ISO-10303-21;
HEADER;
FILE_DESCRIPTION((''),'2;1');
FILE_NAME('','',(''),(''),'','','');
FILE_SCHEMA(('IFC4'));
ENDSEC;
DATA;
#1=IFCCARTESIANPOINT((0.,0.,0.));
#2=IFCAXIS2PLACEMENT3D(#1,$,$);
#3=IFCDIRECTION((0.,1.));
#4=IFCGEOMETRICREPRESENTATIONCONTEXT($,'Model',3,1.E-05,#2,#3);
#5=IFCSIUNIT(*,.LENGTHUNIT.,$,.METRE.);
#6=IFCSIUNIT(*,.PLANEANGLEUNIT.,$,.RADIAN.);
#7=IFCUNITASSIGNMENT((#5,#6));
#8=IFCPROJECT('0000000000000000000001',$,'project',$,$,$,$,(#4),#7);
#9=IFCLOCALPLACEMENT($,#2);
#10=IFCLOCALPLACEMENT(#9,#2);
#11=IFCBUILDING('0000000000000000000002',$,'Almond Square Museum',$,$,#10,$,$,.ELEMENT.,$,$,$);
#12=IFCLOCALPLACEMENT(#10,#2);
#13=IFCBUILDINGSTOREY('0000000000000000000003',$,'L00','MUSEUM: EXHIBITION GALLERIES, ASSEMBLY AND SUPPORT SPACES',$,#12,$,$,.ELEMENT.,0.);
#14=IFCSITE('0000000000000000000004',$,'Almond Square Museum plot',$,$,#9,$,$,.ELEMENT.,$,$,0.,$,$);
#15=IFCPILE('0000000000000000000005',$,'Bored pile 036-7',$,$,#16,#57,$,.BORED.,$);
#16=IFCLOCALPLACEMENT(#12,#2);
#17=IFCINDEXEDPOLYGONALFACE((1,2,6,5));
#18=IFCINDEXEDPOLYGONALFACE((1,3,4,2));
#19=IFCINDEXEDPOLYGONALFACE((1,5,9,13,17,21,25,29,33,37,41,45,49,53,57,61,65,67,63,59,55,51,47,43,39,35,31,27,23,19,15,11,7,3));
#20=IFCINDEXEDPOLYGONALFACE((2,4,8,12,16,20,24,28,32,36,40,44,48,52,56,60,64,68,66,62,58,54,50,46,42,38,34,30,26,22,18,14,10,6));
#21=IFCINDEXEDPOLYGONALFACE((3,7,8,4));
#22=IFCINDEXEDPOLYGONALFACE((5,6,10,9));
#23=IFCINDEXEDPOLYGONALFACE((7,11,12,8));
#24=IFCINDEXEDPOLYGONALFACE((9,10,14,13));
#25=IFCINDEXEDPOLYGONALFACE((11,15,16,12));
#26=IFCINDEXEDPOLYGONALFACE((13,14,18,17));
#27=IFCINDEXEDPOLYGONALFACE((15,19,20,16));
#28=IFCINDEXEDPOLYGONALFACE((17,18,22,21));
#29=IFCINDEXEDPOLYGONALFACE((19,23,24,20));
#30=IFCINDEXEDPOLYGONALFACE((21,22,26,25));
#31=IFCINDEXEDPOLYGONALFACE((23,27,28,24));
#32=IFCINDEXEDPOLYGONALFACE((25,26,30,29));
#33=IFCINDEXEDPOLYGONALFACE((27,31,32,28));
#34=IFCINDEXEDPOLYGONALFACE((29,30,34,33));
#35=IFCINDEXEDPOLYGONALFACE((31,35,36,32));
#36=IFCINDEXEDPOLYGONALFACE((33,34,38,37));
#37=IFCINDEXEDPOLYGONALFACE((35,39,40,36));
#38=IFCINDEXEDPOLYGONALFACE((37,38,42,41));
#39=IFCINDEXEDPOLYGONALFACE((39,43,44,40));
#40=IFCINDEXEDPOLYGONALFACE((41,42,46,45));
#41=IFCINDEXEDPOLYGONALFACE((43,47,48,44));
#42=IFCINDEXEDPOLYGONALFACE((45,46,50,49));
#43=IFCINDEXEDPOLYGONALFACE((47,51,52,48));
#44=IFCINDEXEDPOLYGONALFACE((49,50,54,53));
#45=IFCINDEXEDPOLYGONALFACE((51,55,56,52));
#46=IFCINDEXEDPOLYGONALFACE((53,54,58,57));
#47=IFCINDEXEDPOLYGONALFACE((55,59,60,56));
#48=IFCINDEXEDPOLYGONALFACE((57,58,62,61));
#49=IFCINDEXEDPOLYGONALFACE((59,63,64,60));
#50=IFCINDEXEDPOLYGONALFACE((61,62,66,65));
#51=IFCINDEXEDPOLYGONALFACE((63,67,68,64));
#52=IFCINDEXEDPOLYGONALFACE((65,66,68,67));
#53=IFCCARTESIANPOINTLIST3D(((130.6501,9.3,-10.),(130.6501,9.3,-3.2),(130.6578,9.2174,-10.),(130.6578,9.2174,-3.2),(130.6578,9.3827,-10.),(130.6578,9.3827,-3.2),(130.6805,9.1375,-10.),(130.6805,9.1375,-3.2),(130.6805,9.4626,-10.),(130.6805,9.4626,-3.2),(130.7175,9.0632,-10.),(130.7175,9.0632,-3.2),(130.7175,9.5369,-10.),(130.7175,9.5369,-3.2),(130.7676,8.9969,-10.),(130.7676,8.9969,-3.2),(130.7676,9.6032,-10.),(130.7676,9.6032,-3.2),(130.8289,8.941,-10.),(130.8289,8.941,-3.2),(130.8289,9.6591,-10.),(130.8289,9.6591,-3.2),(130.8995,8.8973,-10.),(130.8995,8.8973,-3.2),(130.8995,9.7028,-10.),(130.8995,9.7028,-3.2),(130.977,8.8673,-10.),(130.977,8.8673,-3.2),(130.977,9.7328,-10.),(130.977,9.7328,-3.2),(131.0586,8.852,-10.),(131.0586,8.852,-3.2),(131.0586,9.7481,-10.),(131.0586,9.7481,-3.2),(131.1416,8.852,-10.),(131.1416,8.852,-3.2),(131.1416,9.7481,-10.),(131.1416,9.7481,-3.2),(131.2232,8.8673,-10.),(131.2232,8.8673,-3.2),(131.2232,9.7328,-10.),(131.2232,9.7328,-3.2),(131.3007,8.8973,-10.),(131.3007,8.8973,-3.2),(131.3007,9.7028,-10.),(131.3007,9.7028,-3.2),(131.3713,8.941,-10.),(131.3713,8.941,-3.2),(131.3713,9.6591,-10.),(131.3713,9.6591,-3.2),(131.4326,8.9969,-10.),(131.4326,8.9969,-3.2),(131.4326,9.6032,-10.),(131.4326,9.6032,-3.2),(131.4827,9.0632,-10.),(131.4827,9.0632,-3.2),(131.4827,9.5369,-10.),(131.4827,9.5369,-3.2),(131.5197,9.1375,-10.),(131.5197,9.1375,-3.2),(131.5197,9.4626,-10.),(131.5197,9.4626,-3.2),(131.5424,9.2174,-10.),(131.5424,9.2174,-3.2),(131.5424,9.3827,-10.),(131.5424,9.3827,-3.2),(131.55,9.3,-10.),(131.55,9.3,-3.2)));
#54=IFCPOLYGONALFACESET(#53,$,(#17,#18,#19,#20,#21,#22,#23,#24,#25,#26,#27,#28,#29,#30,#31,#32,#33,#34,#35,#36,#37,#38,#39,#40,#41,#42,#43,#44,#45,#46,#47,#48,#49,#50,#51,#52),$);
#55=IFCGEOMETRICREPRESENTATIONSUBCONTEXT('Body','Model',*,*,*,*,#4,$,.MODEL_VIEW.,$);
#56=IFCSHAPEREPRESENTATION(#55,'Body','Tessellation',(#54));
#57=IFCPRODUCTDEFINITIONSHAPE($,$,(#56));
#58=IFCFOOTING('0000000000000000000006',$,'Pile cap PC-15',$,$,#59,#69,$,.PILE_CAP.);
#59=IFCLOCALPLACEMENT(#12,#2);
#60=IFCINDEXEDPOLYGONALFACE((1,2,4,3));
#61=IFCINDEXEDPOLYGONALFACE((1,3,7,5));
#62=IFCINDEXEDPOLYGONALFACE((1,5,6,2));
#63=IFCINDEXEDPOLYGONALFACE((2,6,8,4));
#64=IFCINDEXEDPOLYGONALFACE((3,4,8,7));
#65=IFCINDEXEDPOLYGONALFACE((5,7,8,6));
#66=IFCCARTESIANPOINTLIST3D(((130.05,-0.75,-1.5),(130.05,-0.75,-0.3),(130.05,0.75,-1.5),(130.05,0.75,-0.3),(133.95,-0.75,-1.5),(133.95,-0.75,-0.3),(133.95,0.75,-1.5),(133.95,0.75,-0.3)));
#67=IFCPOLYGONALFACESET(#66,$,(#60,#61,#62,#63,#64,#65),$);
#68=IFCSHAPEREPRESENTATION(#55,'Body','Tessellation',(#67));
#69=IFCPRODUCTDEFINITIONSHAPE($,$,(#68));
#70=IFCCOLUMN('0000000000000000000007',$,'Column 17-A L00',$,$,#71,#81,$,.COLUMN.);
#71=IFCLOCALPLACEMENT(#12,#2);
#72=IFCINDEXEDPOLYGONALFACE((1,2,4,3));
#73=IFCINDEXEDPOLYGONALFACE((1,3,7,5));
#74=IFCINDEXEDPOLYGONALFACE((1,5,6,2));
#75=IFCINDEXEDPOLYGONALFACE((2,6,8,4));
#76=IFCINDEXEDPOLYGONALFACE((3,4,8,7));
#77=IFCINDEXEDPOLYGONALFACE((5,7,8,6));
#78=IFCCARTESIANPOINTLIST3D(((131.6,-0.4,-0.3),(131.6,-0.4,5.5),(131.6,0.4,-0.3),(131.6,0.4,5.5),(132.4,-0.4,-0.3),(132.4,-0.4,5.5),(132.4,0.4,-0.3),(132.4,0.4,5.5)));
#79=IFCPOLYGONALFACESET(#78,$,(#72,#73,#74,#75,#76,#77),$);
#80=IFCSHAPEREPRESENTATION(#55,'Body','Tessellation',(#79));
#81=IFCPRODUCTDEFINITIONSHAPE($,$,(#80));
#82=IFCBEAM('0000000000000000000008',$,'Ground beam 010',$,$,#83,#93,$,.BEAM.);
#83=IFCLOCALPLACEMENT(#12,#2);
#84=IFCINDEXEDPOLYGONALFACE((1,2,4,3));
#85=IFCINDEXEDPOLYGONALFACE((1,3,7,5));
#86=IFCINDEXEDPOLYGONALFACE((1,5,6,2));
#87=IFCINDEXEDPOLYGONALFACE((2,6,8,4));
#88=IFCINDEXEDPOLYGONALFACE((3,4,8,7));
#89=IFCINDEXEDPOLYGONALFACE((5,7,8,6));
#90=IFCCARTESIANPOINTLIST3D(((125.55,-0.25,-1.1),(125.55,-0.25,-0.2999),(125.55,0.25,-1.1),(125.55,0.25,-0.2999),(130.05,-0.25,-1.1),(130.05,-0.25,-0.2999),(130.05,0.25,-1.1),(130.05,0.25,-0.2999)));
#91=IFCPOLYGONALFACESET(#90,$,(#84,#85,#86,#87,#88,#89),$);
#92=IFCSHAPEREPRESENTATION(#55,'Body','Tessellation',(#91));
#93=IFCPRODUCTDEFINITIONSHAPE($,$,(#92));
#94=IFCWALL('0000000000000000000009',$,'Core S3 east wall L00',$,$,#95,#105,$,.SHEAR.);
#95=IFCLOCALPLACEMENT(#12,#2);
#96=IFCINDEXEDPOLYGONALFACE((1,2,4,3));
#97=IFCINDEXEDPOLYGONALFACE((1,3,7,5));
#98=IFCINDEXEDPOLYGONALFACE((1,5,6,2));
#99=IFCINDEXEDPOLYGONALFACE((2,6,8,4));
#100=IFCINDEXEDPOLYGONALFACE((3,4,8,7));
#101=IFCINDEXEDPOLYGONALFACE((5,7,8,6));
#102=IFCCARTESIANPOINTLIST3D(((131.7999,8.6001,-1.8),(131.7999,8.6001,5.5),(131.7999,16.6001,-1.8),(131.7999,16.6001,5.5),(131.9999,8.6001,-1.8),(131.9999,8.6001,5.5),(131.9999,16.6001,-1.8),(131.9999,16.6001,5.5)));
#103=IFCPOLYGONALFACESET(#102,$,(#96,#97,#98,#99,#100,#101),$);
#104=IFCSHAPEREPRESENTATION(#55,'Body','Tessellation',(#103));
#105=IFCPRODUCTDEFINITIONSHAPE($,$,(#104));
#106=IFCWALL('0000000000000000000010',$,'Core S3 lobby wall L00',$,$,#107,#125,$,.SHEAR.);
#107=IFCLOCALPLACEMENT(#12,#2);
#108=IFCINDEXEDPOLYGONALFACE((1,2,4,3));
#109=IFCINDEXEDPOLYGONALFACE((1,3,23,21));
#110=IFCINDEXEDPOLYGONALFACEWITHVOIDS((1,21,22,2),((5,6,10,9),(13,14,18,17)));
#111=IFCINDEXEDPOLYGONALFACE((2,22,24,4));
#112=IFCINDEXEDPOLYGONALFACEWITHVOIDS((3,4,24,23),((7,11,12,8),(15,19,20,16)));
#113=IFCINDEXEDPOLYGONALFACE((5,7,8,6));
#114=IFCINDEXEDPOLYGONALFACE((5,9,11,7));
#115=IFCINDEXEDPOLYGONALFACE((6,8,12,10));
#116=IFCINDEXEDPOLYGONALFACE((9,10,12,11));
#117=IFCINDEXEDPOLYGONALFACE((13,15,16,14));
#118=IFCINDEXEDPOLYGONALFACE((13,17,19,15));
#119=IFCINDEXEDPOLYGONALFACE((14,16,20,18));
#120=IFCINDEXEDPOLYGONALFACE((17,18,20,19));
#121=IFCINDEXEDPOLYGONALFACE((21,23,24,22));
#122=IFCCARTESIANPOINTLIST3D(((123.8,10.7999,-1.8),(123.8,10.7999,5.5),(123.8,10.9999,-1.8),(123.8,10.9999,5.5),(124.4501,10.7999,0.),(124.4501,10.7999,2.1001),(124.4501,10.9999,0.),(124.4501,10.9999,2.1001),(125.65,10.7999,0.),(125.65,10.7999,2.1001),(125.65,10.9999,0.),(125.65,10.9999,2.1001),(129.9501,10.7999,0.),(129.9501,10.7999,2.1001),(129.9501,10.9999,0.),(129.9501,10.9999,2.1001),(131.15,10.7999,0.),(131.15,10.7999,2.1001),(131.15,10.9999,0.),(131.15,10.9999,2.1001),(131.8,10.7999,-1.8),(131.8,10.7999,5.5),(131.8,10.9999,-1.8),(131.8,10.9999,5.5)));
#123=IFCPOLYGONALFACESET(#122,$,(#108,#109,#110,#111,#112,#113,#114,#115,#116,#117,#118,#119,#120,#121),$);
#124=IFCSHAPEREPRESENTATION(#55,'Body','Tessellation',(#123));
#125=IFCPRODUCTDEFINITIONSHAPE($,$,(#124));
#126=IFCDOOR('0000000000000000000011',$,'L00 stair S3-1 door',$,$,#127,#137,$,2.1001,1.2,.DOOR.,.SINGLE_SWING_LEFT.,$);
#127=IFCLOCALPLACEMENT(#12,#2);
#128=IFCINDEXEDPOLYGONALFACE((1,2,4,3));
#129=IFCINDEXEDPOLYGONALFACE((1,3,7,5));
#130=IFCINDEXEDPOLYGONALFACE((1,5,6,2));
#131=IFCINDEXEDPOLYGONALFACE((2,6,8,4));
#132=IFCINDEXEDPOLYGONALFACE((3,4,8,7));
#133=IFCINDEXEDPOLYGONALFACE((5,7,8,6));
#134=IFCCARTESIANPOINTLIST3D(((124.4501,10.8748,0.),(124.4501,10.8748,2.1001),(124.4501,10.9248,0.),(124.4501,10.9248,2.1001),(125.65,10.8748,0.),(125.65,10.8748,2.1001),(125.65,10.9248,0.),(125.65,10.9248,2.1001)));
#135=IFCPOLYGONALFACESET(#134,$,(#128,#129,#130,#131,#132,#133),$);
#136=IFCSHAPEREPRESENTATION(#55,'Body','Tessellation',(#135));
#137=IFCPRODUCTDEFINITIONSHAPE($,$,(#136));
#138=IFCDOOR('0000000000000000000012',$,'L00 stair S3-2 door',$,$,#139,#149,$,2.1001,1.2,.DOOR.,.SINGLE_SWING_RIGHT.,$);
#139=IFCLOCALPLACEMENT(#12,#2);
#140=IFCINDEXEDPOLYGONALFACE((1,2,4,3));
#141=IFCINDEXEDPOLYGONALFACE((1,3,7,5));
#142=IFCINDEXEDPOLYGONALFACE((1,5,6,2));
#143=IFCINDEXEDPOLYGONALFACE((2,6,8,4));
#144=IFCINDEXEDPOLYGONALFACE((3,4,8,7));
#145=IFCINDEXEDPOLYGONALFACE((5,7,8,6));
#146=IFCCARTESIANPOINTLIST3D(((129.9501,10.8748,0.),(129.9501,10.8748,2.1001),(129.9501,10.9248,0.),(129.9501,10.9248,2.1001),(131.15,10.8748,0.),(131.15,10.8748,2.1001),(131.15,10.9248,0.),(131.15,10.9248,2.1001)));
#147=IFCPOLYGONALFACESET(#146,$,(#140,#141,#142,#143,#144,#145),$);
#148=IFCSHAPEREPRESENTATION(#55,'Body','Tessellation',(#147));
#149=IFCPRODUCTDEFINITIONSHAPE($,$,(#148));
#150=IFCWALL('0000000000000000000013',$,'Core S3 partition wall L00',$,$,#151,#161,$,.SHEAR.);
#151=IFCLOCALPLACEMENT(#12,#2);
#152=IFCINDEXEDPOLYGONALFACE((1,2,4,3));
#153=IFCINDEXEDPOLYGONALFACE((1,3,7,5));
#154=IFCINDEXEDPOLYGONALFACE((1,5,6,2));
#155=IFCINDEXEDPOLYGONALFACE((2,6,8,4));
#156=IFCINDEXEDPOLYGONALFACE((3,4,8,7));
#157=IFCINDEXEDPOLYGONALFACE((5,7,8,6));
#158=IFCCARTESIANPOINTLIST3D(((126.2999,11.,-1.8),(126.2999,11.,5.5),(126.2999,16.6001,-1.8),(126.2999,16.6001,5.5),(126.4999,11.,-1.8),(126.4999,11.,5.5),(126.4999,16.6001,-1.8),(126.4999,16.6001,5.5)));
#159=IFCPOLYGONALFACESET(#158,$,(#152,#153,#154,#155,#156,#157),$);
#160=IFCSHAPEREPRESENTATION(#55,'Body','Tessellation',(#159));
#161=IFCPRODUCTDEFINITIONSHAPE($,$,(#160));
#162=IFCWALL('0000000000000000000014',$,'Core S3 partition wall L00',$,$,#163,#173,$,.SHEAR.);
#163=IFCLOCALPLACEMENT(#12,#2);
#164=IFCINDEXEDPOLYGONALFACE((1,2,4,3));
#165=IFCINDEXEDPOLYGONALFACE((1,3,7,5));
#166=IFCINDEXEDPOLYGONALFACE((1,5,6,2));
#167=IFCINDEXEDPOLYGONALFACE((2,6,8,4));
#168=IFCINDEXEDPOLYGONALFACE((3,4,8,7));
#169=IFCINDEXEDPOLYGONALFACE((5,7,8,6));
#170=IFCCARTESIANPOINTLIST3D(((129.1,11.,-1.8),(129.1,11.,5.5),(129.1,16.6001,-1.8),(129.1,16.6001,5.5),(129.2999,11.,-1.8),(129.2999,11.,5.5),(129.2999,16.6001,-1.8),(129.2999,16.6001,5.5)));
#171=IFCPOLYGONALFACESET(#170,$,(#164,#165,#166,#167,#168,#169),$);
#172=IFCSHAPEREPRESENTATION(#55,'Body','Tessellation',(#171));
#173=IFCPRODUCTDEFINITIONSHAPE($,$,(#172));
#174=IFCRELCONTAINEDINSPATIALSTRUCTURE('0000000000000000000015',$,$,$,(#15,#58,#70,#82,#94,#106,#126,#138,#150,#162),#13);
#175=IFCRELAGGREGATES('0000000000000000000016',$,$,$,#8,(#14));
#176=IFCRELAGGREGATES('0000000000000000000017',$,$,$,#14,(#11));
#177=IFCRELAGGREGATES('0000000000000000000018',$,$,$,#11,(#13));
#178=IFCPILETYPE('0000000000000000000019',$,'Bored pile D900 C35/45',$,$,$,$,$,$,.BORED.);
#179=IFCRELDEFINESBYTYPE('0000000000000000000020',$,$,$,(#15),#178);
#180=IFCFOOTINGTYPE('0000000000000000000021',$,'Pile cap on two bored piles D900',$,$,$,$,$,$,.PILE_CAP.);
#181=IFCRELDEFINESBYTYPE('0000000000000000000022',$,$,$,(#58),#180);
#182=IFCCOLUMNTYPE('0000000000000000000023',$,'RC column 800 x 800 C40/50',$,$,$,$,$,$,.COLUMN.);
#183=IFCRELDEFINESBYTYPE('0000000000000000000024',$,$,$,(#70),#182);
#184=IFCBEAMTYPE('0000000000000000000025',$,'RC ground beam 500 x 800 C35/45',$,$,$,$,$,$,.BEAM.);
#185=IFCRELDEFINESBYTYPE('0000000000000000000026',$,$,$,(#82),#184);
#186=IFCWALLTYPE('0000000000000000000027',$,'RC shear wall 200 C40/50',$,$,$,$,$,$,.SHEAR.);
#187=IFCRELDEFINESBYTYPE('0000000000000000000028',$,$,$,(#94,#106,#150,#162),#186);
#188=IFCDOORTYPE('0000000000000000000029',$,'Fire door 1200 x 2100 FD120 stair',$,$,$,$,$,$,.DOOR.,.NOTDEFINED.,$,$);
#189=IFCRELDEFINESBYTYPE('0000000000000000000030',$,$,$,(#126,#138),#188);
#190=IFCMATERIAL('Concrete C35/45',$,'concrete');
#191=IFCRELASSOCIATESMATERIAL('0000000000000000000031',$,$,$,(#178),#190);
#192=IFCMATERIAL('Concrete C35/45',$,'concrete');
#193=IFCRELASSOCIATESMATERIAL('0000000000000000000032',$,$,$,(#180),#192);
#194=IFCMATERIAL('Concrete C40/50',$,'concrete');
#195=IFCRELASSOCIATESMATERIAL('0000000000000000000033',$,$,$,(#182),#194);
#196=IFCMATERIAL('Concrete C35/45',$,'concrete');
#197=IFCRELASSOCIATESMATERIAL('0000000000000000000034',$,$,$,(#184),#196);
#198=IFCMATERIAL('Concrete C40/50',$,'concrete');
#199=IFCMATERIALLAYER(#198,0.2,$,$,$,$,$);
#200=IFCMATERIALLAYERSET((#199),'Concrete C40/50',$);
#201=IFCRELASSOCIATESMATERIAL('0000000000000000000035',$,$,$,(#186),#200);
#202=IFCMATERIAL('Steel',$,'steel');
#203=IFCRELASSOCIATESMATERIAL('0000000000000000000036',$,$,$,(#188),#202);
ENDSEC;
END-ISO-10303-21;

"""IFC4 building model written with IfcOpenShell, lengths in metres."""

from ifc_helpers import new_model, si_unit, direction, frame, frame_2d, origin, origin_2d, place, context, subcontext, project, spatial, rectangle, circle, extrude, material, layer, layer_set, material_profile, profile_set, type_object, element, fill, save


model = new_model("IFC4")

# Units and contexts
model_context = context("Model", 3, precision=1e-05, world=origin(), true_north=direction((0.0, 1.0)))
body_context = subcontext(model_context, "Body", "Model", "MODEL_VIEW")
ifc_project = project(units=[si_unit("LENGTHUNIT", "METRE"), si_unit("PLANEANGLEUNIT", "RADIAN")], contexts=[model_context])

# Site, building, storey
site_placement = place(None, origin())
site = spatial("IfcSite", under=ifc_project, at=site_placement, Name="Almond Square Museum plot", CompositionType="ELEMENT", RefElevation=0.0)
building_placement = place(site_placement, origin())
building = spatial("IfcBuilding", under=site, at=building_placement, Name="Almond Square Museum", CompositionType="ELEMENT")
storey_placement = place(building_placement, origin())
storey = spatial("IfcBuildingStorey", under=building, at=storey_placement, Name="L00", Description="MUSEUM: EXHIBITION GALLERIES, ASSEMBLY AND SUPPORT SPACES", CompositionType="ELEMENT", Elevation=0.0)

# Pile
ifc_material_1 = material(Name="Concrete C35/45", Category="concrete")
ifc_material_profile_1 = material_profile(ifc_material_1, circle(Radius=0.45, at=origin_2d()))
ifc_profile_set_1 = profile_set([ifc_material_profile_1], Name="Concrete C35/45")
pile_type = type_object("IfcPileType", Name="Bored pile D900 C35/45", PredefinedType="BORED", material=ifc_profile_set_1)
for number, where, z_axis, x_axis, name in (
    (1, (131.1001, 9.3, -3.2), (0.0, 0.0, -1.0), (1.0, 0.0, 0.0), "Bored pile 036-7"),
):
    element("IfcPile", number, at=place(storey_placement, frame(where, z_axis=z_axis, x_axis=x_axis)), inside=storey, type_object=pile_type, Name=name, PredefinedType="BORED", context=body_context, shape_type="SweptSolid", body=[
        extrude(circle(Radius=0.45, at=origin_2d()), origin(), (0.0, 0.0, 1.0), 6.8),
    ])

# Footing
ifc_material_2 = material(Name="Concrete C35/45", Category="concrete")
footing_type = type_object("IfcFootingType", Name="Pile cap on two bored piles D900", PredefinedType="PILE_CAP", material=ifc_material_2)
footing_placement = place(storey_placement, frame((132.0, 0.0, -1.5), z_axis=(0.0, 0.0, 1.0), x_axis=(1.0, 0.0, 0.0)))
element("IfcFooting", 2, at=footing_placement, inside=storey, type_object=footing_type, Name="Pile cap PC-15", PredefinedType="PILE_CAP", context=body_context, shape_type="SweptSolid", body=[
    extrude(rectangle(XDim=3.8999, YDim=1.5, at=origin_2d()), origin(), (0.0, 0.0, 1.0), 1.2),
])

# Column
ifc_material_3 = material(Name="Concrete C40/50", Category="concrete")
ifc_material_profile_2 = material_profile(ifc_material_3, rectangle(XDim=0.8, YDim=0.8, at=origin_2d()))
ifc_profile_set_2 = profile_set([ifc_material_profile_2], Name="Concrete C40/50")
column_type = type_object("IfcColumnType", Name="RC column 800 x 800 C40/50", PredefinedType="COLUMN", material=ifc_profile_set_2)
column_placement = place(storey_placement, frame((132.0, 0.0, -0.3), z_axis=(0.0, 0.0, 1.0), x_axis=(1.0, 0.0, 0.0)))
element("IfcColumn", 3, at=column_placement, inside=storey, type_object=column_type, Name="Column 17-A L00", PredefinedType="COLUMN", context=body_context, shape_type="SweptSolid", body=[
    extrude(rectangle(XDim=0.8, YDim=0.8, at=origin_2d()), origin(), (0.0, 0.0, 1.0), 5.8),
])

# Beam
ifc_material_4 = material(Name="Concrete C35/45", Category="concrete")
ifc_material_profile_3 = material_profile(ifc_material_4, rectangle(XDim=0.5, YDim=0.8, at=origin_2d()))
ifc_profile_set_3 = profile_set([ifc_material_profile_3], Name="Concrete C35/45")
beam_type = type_object("IfcBeamType", Name="RC ground beam 500 x 800 C35/45", PredefinedType="BEAM", material=ifc_profile_set_3)
beam_placement = place(storey_placement, frame((125.55, 0.0, -0.7), z_axis=(1.0, 0.0, 0.0), x_axis=(0.0, 1.0, 0.0)))
element("IfcBeam", 4, at=beam_placement, inside=storey, type_object=beam_type, Name="Ground beam 010", PredefinedType="BEAM", context=body_context, shape_type="SweptSolid", body=[
    extrude(rectangle(XDim=0.5, YDim=0.8, at=origin_2d()), origin(), (0.0, 0.0, 1.0), 4.5),
])

# Wall
ifc_material_5 = material(Name="Concrete C40/50", Category="concrete")
ifc_layer_1 = layer(ifc_material_5, 0.2)
ifc_layer_set_1 = layer_set([ifc_layer_1], Name="Concrete C40/50")
wall_type_1 = type_object("IfcWallType", Name="RC shear wall 200 C40/50", PredefinedType="SHEAR", material=ifc_layer_set_1)
wall_1_placement = place(storey_placement, frame((131.8999, 8.6001, -1.8), z_axis=(0.0, 0.0, 1.0), x_axis=(0.0, 1.0, 0.0)))
element("IfcWall", 5, at=wall_1_placement, inside=storey, type_object=wall_type_1, Name="Core S3 east wall L00", PredefinedType="SHEAR", context=body_context, shape_type="SweptSolid", body=[
    extrude(rectangle(XDim=8.0, YDim=0.2, at=frame_2d((4.0, 0.0))), origin(), (0.0, 0.0, 1.0), 7.3),
])

# Wall, openings, doors
wall_2_placement = place(storey_placement, frame((123.8, 10.8999, -1.8), z_axis=(0.0, 0.0, 1.0), x_axis=(1.0, 0.0, 0.0)))
wall_2 = element("IfcWall", 6, at=wall_2_placement, inside=storey, type_object=wall_type_1, Name="Core S3 lobby wall L00", PredefinedType="SHEAR", context=body_context, shape_type="SweptSolid", body=[
    extrude(rectangle(XDim=8.0, YDim=0.2, at=frame_2d((4.0, 0.0))), origin(), (0.0, 0.0, 1.0), 7.3),
])
opening_1_placement = place(wall_2_placement, frame((0.6499, 0.0, 1.8)))
opening_1 = element("IfcOpeningElement", 7, at=opening_1_placement, cuts=wall_2, PredefinedType="OPENING", context=body_context, shape_type="SweptSolid", body=[
    extrude(rectangle(XDim=1.2, YDim=2.1001, at=frame_2d((0.6001, 1.05))), frame((0.0, 0.1099, 0.0), z_axis=(0.0, -1.0, 0.0), x_axis=(1.0, 0.0, 0.0)), (0.0, 0.0, 1.0), 0.22),
])
opening_2_placement = place(wall_2_placement, frame((6.1499, 0.0, 1.8)))
opening_2 = element("IfcOpeningElement", 8, at=opening_2_placement, cuts=wall_2, PredefinedType="OPENING", context=body_context, shape_type="SweptSolid", body=[
    extrude(rectangle(XDim=1.2, YDim=2.1001, at=frame_2d((0.6001, 1.05))), frame((0.0, 0.1099, 0.0), z_axis=(0.0, -1.0, 0.0), x_axis=(1.0, 0.0, 0.0)), (0.0, 0.0, 1.0), 0.22),
])
ifc_material_6 = material(Name="Steel", Category="steel")
door_type = type_object("IfcDoorType", Name="Fire door 1200 x 2100 FD120 stair", OperationType="NOTDEFINED", PredefinedType="DOOR", material=ifc_material_6)
door_1_placement = place(opening_1_placement, origin())
door_1 = element("IfcDoor", 9, at=door_1_placement, inside=storey, type_object=door_type, Name="L00 stair S3-1 door", OperationType="SINGLE_SWING_LEFT", OverallHeight=2.1001, OverallWidth=1.2, PredefinedType="DOOR", context=body_context, shape_type="SweptSolid", body=[
    extrude(rectangle(XDim=1.2, YDim=2.1001, at=frame_2d((0.6001, 1.05))), frame((0.0, 0.0249, 0.0), z_axis=(0.0, -1.0, 0.0), x_axis=(1.0, 0.0, 0.0)), (0.0, 0.0, 1.0), 0.05),
])
fill(opening_1, door_1)
door_2_placement = place(opening_2_placement, origin())
door_2 = element("IfcDoor", 10, at=door_2_placement, inside=storey, type_object=door_type, Name="L00 stair S3-2 door", OperationType="SINGLE_SWING_RIGHT", OverallHeight=2.1001, OverallWidth=1.2, PredefinedType="DOOR", context=body_context, shape_type="SweptSolid", body=[
    extrude(rectangle(XDim=1.2, YDim=2.1001, at=frame_2d((0.6001, 1.05))), frame((0.0, 0.0249, 0.0), z_axis=(0.0, -1.0, 0.0), x_axis=(1.0, 0.0, 0.0)), (0.0, 0.0, 1.0), 0.05),
])
fill(opening_2, door_2)

# Walls
for number, where, z_axis, x_axis, name in (
    (11, (126.3999, 11.0, -1.8), (0.0, 0.0, 1.0), (0.0, 1.0, 0.0), "Core S3 partition wall L00"),
    (12, (129.2, 11.0, -1.8), (0.0, 0.0, 1.0), (0.0, 1.0, 0.0), "Core S3 partition wall L00"),
):
    element("IfcWall", number, at=place(storey_placement, frame(where, z_axis=z_axis, x_axis=x_axis)), inside=storey, type_object=wall_type_1, Name=name, PredefinedType="SHEAR", context=body_context, shape_type="SweptSolid", body=[
        extrude(rectangle(XDim=5.6001, YDim=0.2, at=frame_2d((2.8, 0.0))), origin(), (0.0, 0.0, 1.0), 7.3),
    ])

save(model, "model.ifc")
